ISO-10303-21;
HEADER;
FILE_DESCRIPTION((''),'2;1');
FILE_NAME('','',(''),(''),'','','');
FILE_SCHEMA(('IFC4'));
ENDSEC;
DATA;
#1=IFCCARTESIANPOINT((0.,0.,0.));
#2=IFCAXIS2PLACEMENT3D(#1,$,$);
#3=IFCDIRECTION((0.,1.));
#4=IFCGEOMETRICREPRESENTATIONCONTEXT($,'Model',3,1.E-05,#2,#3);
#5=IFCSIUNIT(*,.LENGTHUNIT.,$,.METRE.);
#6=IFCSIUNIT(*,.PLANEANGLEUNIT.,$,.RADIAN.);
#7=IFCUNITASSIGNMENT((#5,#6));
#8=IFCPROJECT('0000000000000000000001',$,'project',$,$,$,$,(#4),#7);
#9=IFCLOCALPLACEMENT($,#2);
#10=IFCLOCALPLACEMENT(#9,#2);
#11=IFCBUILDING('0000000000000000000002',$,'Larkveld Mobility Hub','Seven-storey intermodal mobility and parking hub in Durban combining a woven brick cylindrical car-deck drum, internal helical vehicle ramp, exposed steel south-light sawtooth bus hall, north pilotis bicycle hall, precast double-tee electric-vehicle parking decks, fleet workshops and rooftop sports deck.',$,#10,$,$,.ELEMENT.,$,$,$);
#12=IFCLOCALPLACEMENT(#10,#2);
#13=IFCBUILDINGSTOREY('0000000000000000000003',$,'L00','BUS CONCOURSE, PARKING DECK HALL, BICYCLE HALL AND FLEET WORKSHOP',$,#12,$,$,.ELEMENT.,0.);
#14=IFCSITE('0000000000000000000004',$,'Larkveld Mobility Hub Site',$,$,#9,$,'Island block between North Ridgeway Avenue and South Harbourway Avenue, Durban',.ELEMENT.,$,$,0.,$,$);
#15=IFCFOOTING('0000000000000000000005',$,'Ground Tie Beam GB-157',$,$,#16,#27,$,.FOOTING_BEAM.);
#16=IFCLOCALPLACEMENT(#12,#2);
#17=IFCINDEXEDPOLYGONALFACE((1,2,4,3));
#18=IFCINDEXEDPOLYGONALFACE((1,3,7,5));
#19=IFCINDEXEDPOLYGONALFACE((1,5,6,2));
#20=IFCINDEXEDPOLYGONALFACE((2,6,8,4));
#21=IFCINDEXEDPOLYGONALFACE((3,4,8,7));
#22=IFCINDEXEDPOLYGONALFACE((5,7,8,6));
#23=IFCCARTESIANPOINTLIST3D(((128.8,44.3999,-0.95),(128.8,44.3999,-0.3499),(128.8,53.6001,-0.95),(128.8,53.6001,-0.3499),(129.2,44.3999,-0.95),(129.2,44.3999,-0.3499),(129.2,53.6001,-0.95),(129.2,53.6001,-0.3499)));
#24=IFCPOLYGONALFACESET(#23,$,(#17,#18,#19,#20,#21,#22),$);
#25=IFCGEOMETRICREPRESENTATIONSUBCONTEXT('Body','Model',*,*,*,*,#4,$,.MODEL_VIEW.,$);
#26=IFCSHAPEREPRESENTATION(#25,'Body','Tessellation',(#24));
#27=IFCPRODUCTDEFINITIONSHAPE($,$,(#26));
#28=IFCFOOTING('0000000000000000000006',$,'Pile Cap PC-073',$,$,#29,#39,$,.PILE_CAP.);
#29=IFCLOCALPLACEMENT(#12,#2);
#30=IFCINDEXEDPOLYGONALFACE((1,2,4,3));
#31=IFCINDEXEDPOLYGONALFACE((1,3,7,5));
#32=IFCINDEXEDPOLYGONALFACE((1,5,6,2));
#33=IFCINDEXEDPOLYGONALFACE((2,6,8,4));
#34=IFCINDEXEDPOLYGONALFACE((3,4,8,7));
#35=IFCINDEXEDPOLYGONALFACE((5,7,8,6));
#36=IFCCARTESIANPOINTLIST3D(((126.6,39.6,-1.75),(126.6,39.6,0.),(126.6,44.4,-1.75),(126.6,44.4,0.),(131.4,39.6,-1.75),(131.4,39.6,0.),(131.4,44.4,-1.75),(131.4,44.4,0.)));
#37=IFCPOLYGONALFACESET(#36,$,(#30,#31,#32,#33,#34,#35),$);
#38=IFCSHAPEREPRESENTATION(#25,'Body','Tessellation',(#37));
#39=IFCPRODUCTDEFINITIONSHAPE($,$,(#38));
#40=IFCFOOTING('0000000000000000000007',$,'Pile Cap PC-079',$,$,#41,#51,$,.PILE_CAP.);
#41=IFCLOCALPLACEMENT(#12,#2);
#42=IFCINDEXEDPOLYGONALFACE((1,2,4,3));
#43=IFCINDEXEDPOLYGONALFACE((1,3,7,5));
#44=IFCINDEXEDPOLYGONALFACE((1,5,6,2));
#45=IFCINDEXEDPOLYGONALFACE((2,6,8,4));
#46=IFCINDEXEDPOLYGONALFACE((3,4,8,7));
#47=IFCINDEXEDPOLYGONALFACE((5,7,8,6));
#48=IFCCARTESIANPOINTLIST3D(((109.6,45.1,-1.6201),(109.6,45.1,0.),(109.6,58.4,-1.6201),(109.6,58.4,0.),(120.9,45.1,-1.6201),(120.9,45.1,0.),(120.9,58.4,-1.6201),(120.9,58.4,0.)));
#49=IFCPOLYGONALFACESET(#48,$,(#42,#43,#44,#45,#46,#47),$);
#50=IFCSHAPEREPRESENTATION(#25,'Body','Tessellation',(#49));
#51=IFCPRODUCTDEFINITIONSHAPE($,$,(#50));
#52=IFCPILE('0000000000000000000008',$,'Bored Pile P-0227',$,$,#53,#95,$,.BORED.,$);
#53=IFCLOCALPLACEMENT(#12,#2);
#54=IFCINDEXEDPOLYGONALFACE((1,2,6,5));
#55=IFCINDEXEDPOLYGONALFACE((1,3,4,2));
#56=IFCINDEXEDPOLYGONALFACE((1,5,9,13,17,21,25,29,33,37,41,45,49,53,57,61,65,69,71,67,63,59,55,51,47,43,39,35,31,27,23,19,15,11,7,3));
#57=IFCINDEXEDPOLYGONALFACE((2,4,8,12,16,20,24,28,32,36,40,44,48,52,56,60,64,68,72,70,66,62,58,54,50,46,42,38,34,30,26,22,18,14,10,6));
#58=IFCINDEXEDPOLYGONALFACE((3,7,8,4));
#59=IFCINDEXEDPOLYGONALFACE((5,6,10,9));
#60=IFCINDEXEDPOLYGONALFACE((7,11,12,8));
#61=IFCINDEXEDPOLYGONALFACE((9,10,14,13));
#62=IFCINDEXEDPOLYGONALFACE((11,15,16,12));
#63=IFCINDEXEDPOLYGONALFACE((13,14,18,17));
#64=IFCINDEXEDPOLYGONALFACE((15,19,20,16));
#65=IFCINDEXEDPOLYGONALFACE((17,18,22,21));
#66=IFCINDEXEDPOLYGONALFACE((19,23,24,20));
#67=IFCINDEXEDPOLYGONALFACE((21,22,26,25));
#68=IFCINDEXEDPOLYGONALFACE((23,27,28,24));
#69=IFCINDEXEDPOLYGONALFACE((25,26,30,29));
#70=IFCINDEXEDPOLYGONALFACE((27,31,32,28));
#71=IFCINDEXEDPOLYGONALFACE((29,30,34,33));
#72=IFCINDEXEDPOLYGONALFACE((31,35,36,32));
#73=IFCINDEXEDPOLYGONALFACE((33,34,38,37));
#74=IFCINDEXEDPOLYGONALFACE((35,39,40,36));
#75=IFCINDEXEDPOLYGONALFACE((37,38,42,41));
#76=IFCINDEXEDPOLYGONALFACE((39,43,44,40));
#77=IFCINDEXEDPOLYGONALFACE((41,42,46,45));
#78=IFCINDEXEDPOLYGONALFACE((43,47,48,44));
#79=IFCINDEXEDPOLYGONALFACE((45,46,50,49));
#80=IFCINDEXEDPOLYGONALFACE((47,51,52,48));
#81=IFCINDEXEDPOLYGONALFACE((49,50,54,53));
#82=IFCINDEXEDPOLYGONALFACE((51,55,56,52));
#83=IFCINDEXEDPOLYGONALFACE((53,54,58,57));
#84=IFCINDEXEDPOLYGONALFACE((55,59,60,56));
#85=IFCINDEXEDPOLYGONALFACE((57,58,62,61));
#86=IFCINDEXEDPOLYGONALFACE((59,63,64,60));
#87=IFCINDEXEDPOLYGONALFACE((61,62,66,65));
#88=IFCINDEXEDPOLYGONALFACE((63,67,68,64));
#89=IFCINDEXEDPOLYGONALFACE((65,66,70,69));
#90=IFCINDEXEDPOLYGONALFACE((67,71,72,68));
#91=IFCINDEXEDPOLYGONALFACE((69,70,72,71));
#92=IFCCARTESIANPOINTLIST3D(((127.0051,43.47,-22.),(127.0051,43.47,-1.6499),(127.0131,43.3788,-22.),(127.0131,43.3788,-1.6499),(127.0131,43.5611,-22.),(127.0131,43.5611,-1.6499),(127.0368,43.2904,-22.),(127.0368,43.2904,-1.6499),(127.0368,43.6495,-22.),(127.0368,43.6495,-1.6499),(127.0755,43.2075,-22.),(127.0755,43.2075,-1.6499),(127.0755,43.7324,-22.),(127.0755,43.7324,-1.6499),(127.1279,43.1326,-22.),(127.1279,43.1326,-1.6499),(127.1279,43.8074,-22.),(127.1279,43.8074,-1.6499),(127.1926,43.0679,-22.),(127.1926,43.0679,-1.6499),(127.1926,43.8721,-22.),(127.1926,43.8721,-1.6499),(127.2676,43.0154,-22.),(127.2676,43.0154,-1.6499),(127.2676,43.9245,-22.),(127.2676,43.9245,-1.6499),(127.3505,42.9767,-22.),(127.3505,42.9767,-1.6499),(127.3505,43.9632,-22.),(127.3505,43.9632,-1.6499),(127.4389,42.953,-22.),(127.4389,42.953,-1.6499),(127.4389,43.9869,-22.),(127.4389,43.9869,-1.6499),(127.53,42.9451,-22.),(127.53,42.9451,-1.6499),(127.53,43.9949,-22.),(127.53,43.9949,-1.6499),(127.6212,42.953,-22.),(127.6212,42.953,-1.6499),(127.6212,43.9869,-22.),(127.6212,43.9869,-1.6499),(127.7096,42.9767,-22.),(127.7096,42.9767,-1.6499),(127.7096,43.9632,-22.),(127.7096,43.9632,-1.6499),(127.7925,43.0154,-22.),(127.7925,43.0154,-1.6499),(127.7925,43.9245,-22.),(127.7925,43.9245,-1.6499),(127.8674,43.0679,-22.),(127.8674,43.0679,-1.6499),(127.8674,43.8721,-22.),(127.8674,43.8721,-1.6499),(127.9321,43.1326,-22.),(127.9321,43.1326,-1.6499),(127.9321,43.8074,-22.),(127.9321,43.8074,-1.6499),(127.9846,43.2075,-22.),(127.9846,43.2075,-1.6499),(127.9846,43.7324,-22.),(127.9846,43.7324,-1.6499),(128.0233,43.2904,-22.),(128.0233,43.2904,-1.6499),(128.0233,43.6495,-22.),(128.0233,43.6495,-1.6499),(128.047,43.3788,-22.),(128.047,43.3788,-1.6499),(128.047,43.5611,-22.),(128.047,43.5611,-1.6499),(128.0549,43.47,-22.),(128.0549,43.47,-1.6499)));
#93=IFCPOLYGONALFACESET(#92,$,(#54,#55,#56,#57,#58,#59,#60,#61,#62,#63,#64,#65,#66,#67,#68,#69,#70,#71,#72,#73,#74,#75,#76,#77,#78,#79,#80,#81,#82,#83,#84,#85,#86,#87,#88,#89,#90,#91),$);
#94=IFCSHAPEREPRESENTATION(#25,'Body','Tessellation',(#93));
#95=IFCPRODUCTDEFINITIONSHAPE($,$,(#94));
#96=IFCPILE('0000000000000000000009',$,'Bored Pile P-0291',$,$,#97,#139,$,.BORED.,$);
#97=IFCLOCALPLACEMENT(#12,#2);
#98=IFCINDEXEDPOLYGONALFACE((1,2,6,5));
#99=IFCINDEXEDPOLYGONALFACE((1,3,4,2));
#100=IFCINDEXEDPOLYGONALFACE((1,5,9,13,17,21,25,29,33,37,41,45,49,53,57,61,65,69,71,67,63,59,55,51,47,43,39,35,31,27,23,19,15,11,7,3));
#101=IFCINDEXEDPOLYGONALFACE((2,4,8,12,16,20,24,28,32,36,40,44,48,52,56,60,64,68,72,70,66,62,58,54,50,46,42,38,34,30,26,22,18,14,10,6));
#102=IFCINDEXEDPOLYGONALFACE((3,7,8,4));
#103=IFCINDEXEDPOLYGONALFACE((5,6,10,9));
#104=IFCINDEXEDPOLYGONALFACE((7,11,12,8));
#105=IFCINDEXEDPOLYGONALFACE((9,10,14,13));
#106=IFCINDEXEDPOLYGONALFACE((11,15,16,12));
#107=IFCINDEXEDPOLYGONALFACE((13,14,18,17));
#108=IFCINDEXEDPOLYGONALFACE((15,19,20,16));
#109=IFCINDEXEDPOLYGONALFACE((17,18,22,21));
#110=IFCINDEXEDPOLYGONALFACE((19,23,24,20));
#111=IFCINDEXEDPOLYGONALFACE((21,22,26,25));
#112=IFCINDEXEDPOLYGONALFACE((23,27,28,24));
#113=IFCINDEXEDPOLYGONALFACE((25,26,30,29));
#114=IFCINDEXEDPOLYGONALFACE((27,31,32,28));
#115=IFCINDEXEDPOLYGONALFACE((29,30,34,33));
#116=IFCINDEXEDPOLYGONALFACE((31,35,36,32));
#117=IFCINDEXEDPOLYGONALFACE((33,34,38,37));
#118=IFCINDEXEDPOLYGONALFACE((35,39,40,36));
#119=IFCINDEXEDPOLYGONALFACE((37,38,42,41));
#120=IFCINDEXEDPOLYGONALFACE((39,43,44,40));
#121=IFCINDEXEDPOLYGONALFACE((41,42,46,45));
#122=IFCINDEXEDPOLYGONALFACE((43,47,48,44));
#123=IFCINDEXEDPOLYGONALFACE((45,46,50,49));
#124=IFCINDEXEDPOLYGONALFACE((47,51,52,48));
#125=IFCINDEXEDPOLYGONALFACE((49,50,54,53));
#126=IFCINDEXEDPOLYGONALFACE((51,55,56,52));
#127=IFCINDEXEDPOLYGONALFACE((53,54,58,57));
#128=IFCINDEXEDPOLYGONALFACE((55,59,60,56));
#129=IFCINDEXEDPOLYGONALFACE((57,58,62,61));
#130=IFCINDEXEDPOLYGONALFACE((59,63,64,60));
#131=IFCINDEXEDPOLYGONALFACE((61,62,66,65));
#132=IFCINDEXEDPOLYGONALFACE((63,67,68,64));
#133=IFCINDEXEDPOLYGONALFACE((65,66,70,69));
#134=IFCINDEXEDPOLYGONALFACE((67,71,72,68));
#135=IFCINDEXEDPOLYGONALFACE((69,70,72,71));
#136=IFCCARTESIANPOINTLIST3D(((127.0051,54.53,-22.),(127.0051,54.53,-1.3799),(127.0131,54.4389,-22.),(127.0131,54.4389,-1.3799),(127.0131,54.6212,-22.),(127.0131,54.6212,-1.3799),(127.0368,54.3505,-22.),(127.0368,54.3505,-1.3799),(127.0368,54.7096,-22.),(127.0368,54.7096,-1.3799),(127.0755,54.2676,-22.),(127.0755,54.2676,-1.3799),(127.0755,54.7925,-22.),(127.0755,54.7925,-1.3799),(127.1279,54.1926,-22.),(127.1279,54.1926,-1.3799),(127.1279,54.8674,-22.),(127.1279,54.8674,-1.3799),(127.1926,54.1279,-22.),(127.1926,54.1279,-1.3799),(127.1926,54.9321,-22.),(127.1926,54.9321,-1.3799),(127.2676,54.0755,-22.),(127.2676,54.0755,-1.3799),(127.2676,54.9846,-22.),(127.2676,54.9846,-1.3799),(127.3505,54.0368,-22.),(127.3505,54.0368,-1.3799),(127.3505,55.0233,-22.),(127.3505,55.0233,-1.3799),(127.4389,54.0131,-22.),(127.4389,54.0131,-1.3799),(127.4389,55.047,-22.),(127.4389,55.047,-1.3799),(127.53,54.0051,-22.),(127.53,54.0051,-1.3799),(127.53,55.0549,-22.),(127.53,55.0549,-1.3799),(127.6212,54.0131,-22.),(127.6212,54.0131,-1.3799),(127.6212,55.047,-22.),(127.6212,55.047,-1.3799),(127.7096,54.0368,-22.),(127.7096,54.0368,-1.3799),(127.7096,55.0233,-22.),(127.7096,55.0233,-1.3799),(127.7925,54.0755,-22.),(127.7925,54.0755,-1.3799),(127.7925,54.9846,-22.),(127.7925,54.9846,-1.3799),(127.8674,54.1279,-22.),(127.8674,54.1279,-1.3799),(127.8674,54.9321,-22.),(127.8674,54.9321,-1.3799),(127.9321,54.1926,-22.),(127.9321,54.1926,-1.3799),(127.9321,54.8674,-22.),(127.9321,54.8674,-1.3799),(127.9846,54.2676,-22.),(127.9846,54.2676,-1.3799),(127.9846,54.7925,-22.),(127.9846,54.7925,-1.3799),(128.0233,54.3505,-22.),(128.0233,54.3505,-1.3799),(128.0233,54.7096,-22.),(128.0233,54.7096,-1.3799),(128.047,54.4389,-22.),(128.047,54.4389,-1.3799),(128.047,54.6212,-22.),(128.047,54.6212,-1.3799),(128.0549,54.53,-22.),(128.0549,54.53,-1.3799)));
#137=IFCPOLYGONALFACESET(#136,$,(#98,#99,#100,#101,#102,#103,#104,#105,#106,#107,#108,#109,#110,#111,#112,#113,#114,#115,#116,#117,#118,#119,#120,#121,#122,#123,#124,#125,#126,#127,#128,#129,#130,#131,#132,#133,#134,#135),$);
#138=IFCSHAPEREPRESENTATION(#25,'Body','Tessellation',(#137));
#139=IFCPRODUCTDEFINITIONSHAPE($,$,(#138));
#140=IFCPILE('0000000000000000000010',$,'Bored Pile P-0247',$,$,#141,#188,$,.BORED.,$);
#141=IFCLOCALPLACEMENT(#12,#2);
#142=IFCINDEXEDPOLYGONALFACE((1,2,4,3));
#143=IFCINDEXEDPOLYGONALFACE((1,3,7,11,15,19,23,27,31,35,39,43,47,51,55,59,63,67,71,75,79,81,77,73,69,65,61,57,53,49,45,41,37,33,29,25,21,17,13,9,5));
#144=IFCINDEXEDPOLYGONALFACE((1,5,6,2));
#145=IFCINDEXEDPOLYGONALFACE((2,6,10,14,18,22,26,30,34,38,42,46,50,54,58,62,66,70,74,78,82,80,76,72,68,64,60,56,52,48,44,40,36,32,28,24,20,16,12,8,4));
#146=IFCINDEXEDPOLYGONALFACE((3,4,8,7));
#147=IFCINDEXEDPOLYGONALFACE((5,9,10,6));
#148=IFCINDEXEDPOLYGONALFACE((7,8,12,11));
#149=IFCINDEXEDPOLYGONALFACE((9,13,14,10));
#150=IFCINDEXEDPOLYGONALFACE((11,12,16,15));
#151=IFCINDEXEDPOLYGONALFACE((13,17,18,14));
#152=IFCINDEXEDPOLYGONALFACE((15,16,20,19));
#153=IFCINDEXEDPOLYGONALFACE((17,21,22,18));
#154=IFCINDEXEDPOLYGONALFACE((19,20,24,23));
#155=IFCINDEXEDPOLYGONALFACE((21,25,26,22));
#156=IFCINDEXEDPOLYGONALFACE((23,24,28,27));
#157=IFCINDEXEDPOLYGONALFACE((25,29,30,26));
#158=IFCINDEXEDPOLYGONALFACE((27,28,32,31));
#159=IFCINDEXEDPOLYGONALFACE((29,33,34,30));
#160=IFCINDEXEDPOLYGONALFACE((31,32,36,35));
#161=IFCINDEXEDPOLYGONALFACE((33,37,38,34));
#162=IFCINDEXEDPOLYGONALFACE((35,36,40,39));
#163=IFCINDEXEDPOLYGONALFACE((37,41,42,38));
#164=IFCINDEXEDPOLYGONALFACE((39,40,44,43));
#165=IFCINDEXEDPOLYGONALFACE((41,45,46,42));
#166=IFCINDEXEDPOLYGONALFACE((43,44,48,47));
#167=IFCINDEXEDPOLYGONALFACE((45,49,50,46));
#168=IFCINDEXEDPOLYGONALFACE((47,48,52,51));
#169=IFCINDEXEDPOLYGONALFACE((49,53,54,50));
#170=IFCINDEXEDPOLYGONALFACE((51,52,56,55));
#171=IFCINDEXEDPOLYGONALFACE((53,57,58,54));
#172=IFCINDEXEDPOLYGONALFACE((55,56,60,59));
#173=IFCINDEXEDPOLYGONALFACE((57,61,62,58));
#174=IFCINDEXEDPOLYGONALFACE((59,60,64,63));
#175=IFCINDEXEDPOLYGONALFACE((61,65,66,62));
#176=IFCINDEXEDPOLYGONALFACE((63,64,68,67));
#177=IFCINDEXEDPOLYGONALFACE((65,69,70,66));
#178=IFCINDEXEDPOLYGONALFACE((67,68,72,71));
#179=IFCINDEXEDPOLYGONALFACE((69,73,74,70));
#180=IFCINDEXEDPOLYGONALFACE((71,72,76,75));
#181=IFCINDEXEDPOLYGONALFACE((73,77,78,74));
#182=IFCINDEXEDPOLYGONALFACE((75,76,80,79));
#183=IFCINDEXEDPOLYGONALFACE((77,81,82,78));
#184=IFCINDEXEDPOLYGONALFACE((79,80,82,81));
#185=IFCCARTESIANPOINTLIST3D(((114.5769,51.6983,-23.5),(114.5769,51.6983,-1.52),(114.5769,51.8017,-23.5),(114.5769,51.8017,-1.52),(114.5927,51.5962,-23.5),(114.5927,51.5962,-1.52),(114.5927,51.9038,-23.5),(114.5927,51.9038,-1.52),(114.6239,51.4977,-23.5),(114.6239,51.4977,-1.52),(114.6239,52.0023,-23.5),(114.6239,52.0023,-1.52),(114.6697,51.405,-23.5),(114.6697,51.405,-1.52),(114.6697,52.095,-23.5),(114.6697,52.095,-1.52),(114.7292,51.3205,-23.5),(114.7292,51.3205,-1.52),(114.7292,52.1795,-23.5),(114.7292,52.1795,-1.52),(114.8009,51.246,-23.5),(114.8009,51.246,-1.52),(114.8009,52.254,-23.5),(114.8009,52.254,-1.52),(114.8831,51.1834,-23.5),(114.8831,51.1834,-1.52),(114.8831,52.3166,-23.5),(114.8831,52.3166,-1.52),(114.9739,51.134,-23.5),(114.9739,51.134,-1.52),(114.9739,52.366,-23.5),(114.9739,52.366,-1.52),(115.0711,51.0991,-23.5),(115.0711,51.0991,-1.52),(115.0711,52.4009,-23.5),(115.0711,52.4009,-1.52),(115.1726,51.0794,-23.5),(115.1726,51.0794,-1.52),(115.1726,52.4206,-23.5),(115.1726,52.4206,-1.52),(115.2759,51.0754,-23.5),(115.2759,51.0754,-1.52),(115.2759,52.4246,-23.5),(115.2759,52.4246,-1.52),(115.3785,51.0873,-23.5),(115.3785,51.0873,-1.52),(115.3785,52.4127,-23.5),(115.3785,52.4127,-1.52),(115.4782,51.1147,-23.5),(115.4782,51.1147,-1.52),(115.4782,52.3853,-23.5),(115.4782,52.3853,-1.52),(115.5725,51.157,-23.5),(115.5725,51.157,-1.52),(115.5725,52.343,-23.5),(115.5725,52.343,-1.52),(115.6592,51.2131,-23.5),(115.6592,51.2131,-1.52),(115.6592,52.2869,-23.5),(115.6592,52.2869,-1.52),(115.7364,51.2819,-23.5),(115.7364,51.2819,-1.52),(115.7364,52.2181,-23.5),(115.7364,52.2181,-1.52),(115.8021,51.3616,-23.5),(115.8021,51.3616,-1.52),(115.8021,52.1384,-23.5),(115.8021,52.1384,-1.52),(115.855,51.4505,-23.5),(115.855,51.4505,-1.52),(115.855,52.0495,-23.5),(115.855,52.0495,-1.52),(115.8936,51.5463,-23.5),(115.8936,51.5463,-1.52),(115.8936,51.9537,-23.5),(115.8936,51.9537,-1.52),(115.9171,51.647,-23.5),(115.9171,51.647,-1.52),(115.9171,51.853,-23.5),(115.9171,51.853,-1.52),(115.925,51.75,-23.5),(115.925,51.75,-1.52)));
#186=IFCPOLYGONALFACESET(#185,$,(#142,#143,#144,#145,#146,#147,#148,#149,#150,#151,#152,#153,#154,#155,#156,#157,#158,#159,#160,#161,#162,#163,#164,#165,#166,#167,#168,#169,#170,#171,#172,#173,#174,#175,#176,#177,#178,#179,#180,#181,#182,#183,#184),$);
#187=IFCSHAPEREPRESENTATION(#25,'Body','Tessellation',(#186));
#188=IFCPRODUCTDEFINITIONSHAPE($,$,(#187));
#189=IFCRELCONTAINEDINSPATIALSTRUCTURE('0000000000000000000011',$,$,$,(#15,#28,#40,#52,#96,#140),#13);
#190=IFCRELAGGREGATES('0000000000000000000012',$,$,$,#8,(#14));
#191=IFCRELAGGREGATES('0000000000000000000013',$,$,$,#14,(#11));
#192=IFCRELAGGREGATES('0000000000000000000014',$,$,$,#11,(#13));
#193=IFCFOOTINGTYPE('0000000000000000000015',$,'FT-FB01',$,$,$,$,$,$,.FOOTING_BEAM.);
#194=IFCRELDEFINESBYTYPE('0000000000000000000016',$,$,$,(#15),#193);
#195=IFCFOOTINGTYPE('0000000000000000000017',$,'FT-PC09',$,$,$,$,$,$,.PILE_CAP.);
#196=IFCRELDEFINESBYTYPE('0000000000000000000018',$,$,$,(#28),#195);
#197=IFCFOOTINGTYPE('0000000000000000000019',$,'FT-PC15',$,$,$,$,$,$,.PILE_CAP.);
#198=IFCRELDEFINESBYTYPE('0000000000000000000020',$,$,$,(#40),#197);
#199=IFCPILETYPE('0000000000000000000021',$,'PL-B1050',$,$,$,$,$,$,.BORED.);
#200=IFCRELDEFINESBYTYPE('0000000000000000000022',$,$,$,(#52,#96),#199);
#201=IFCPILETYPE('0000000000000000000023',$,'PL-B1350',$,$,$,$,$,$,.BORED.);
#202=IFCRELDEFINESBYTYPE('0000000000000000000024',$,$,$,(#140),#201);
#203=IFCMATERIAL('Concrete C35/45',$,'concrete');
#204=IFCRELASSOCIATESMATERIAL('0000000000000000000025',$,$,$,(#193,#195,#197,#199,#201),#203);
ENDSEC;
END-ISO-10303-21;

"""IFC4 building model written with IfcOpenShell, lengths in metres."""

from ifc_helpers import new_model, si_unit, direction, frame, origin, origin_2d, place, context, subcontext, project, spatial, rectangle, circle, extrude, material, material_profile, profile_set, type_object, element, save


model = new_model("IFC4")

# Units and contexts
model_context = context("Model", 3, precision=1e-05, world=origin(), true_north=direction((0.0, 1.0)))
body_context = subcontext(model_context, "Body", "Model", "MODEL_VIEW")
ifc_project = project(units=[si_unit("LENGTHUNIT", "METRE"), si_unit("PLANEANGLEUNIT", "RADIAN")], contexts=[model_context])

# Site, building, storey
site_placement = place(None, origin())
site = spatial("IfcSite", under=ifc_project, at=site_placement, Name="Larkveld Mobility Hub Site", LongName="Island block between North Ridgeway Avenue and South Harbourway Avenue, Durban", CompositionType="ELEMENT", RefElevation=0.0)
building_placement = place(site_placement, origin())
building = spatial("IfcBuilding", under=site, at=building_placement, Name="Larkveld Mobility Hub", Description="Seven-storey intermodal mobility and parking hub in Durban combining a woven brick cylindrical car-deck drum, internal helical vehicle ramp, exposed steel south-light sawtooth bus hall, north pilotis bicycle hall, precast double-tee electric-vehicle parking decks, fleet workshops and rooftop sports deck.", CompositionType="ELEMENT")
storey_placement = place(building_placement, origin())
storey = spatial("IfcBuildingStorey", under=building, at=storey_placement, Name="L00", Description="BUS CONCOURSE, PARKING DECK HALL, BICYCLE HALL AND FLEET WORKSHOP", CompositionType="ELEMENT", Elevation=0.0)

# Footings
ifc_material_1 = material(Name="Concrete C35/45", Category="concrete")
ifc_material_profile_1 = material_profile(ifc_material_1, rectangle(XDim=0.3999, YDim=0.6001, at=origin_2d()), Name="RC BM 400x600")
ifc_profile_set_1 = profile_set([ifc_material_profile_1], Name="Concrete C35/45")
footing_type_1 = type_object("IfcFootingType", Name="FT-FB01", PredefinedType="FOOTING_BEAM", material=ifc_profile_set_1)
footing_1_placement = place(storey_placement, frame((129.0, 44.3999, -0.6499), z_axis=(0.0, 1.0, 0.0), x_axis=(-1.0, 0.0, 0.0)))
element("IfcFooting", 1, at=footing_1_placement, inside=storey, type_object=footing_type_1, Name="Ground Tie Beam GB-157", PredefinedType="FOOTING_BEAM", context=body_context, shape_type="SweptSolid", body=[
    extrude(rectangle(XDim=0.3999, YDim=0.6001, at=origin_2d()), origin(), (0.0, 0.0, 1.0), 9.2002),
])
footing_type_2 = type_object("IfcFootingType", Name="FT-PC09", PredefinedType="PILE_CAP", material=ifc_material_1)
footing_2_placement = place(storey_placement, frame((129.0, 42.0, -1.75), z_axis=(0.0, 0.0, 1.0), x_axis=(1.0, 0.0, 0.0)))
element("IfcFooting", 2, at=footing_2_placement, inside=storey, type_object=footing_type_2, Name="Pile Cap PC-073", PredefinedType="PILE_CAP", context=body_context, shape_type="SweptSolid", body=[
    extrude(rectangle(XDim=4.8, YDim=4.8, at=origin_2d()), origin(), (0.0, 0.0, 1.0), 1.75),
])
footing_type_3 = type_object("IfcFootingType", Name="FT-PC15", PredefinedType="PILE_CAP", material=ifc_material_1)
footing_3_placement = place(storey_placement, frame((115.25, 51.75, -1.6201), z_axis=(0.0, 0.0, 1.0), x_axis=(1.0, 0.0, 0.0)))
element("IfcFooting", 3, at=footing_3_placement, inside=storey, type_object=footing_type_3, Name="Pile Cap PC-079", PredefinedType="PILE_CAP", context=body_context, shape_type="SweptSolid", body=[
    extrude(rectangle(XDim=11.3, YDim=13.3, at=origin_2d()), origin(), (0.0, 0.0, 1.0), 1.6201),
])

# Piles
ifc_material_profile_2 = material_profile(ifc_material_1, circle(Radius=0.5249, at=origin_2d()), Name="PILE D1050")
ifc_profile_set_2 = profile_set([ifc_material_profile_2], Name="Concrete C35/45")
pile_type_1 = type_object("IfcPileType", Name="PL-B1050", PredefinedType="BORED", material=ifc_profile_set_2)
pile_1_placement = place(storey_placement, frame((127.53, 43.47, -1.6499), z_axis=(0.0, 0.0, -1.0), x_axis=(1.0, 0.0, 0.0)))
element("IfcPile", 4, at=pile_1_placement, inside=storey, type_object=pile_type_1, Name="Bored Pile P-0227", PredefinedType="BORED", context=body_context, shape_type="SweptSolid", body=[
    extrude(circle(Radius=0.5249, at=origin_2d()), origin(), (0.0, 0.0, 1.0), 20.3501),
])
pile_2_placement = place(storey_placement, frame((127.53, 54.53, -1.3799), z_axis=(0.0, 0.0, -1.0), x_axis=(1.0, 0.0, 0.0)))
element("IfcPile", 5, at=pile_2_placement, inside=storey, type_object=pile_type_1, Name="Bored Pile P-0291", PredefinedType="BORED", context=body_context, shape_type="SweptSolid", body=[
    extrude(circle(Radius=0.5249, at=origin_2d()), origin(), (0.0, 0.0, 1.0), 20.6201),
])
ifc_material_profile_3 = material_profile(ifc_material_1, circle(Radius=0.675, at=origin_2d()), Name="PILE D1350")
ifc_profile_set_3 = profile_set([ifc_material_profile_3], Name="Concrete C35/45")
pile_type_2 = type_object("IfcPileType", Name="PL-B1350", PredefinedType="BORED", material=ifc_profile_set_3)
for number, where, z_axis, x_axis, name in (
    (6, (115.25, 51.75, -1.52), (0.0, 0.0, -1.0), (1.0, 0.0, 0.0), "Bored Pile P-0247"),
):
    element("IfcPile", number, at=place(storey_placement, frame(where, z_axis=z_axis, x_axis=x_axis)), inside=storey, type_object=pile_type_2, Name=name, PredefinedType="BORED", context=body_context, shape_type="SweptSolid", body=[
        extrude(circle(Radius=0.675, at=origin_2d()), origin(), (0.0, 0.0, 1.0), 21.98),
    ])

save(model, "model.ifc")
